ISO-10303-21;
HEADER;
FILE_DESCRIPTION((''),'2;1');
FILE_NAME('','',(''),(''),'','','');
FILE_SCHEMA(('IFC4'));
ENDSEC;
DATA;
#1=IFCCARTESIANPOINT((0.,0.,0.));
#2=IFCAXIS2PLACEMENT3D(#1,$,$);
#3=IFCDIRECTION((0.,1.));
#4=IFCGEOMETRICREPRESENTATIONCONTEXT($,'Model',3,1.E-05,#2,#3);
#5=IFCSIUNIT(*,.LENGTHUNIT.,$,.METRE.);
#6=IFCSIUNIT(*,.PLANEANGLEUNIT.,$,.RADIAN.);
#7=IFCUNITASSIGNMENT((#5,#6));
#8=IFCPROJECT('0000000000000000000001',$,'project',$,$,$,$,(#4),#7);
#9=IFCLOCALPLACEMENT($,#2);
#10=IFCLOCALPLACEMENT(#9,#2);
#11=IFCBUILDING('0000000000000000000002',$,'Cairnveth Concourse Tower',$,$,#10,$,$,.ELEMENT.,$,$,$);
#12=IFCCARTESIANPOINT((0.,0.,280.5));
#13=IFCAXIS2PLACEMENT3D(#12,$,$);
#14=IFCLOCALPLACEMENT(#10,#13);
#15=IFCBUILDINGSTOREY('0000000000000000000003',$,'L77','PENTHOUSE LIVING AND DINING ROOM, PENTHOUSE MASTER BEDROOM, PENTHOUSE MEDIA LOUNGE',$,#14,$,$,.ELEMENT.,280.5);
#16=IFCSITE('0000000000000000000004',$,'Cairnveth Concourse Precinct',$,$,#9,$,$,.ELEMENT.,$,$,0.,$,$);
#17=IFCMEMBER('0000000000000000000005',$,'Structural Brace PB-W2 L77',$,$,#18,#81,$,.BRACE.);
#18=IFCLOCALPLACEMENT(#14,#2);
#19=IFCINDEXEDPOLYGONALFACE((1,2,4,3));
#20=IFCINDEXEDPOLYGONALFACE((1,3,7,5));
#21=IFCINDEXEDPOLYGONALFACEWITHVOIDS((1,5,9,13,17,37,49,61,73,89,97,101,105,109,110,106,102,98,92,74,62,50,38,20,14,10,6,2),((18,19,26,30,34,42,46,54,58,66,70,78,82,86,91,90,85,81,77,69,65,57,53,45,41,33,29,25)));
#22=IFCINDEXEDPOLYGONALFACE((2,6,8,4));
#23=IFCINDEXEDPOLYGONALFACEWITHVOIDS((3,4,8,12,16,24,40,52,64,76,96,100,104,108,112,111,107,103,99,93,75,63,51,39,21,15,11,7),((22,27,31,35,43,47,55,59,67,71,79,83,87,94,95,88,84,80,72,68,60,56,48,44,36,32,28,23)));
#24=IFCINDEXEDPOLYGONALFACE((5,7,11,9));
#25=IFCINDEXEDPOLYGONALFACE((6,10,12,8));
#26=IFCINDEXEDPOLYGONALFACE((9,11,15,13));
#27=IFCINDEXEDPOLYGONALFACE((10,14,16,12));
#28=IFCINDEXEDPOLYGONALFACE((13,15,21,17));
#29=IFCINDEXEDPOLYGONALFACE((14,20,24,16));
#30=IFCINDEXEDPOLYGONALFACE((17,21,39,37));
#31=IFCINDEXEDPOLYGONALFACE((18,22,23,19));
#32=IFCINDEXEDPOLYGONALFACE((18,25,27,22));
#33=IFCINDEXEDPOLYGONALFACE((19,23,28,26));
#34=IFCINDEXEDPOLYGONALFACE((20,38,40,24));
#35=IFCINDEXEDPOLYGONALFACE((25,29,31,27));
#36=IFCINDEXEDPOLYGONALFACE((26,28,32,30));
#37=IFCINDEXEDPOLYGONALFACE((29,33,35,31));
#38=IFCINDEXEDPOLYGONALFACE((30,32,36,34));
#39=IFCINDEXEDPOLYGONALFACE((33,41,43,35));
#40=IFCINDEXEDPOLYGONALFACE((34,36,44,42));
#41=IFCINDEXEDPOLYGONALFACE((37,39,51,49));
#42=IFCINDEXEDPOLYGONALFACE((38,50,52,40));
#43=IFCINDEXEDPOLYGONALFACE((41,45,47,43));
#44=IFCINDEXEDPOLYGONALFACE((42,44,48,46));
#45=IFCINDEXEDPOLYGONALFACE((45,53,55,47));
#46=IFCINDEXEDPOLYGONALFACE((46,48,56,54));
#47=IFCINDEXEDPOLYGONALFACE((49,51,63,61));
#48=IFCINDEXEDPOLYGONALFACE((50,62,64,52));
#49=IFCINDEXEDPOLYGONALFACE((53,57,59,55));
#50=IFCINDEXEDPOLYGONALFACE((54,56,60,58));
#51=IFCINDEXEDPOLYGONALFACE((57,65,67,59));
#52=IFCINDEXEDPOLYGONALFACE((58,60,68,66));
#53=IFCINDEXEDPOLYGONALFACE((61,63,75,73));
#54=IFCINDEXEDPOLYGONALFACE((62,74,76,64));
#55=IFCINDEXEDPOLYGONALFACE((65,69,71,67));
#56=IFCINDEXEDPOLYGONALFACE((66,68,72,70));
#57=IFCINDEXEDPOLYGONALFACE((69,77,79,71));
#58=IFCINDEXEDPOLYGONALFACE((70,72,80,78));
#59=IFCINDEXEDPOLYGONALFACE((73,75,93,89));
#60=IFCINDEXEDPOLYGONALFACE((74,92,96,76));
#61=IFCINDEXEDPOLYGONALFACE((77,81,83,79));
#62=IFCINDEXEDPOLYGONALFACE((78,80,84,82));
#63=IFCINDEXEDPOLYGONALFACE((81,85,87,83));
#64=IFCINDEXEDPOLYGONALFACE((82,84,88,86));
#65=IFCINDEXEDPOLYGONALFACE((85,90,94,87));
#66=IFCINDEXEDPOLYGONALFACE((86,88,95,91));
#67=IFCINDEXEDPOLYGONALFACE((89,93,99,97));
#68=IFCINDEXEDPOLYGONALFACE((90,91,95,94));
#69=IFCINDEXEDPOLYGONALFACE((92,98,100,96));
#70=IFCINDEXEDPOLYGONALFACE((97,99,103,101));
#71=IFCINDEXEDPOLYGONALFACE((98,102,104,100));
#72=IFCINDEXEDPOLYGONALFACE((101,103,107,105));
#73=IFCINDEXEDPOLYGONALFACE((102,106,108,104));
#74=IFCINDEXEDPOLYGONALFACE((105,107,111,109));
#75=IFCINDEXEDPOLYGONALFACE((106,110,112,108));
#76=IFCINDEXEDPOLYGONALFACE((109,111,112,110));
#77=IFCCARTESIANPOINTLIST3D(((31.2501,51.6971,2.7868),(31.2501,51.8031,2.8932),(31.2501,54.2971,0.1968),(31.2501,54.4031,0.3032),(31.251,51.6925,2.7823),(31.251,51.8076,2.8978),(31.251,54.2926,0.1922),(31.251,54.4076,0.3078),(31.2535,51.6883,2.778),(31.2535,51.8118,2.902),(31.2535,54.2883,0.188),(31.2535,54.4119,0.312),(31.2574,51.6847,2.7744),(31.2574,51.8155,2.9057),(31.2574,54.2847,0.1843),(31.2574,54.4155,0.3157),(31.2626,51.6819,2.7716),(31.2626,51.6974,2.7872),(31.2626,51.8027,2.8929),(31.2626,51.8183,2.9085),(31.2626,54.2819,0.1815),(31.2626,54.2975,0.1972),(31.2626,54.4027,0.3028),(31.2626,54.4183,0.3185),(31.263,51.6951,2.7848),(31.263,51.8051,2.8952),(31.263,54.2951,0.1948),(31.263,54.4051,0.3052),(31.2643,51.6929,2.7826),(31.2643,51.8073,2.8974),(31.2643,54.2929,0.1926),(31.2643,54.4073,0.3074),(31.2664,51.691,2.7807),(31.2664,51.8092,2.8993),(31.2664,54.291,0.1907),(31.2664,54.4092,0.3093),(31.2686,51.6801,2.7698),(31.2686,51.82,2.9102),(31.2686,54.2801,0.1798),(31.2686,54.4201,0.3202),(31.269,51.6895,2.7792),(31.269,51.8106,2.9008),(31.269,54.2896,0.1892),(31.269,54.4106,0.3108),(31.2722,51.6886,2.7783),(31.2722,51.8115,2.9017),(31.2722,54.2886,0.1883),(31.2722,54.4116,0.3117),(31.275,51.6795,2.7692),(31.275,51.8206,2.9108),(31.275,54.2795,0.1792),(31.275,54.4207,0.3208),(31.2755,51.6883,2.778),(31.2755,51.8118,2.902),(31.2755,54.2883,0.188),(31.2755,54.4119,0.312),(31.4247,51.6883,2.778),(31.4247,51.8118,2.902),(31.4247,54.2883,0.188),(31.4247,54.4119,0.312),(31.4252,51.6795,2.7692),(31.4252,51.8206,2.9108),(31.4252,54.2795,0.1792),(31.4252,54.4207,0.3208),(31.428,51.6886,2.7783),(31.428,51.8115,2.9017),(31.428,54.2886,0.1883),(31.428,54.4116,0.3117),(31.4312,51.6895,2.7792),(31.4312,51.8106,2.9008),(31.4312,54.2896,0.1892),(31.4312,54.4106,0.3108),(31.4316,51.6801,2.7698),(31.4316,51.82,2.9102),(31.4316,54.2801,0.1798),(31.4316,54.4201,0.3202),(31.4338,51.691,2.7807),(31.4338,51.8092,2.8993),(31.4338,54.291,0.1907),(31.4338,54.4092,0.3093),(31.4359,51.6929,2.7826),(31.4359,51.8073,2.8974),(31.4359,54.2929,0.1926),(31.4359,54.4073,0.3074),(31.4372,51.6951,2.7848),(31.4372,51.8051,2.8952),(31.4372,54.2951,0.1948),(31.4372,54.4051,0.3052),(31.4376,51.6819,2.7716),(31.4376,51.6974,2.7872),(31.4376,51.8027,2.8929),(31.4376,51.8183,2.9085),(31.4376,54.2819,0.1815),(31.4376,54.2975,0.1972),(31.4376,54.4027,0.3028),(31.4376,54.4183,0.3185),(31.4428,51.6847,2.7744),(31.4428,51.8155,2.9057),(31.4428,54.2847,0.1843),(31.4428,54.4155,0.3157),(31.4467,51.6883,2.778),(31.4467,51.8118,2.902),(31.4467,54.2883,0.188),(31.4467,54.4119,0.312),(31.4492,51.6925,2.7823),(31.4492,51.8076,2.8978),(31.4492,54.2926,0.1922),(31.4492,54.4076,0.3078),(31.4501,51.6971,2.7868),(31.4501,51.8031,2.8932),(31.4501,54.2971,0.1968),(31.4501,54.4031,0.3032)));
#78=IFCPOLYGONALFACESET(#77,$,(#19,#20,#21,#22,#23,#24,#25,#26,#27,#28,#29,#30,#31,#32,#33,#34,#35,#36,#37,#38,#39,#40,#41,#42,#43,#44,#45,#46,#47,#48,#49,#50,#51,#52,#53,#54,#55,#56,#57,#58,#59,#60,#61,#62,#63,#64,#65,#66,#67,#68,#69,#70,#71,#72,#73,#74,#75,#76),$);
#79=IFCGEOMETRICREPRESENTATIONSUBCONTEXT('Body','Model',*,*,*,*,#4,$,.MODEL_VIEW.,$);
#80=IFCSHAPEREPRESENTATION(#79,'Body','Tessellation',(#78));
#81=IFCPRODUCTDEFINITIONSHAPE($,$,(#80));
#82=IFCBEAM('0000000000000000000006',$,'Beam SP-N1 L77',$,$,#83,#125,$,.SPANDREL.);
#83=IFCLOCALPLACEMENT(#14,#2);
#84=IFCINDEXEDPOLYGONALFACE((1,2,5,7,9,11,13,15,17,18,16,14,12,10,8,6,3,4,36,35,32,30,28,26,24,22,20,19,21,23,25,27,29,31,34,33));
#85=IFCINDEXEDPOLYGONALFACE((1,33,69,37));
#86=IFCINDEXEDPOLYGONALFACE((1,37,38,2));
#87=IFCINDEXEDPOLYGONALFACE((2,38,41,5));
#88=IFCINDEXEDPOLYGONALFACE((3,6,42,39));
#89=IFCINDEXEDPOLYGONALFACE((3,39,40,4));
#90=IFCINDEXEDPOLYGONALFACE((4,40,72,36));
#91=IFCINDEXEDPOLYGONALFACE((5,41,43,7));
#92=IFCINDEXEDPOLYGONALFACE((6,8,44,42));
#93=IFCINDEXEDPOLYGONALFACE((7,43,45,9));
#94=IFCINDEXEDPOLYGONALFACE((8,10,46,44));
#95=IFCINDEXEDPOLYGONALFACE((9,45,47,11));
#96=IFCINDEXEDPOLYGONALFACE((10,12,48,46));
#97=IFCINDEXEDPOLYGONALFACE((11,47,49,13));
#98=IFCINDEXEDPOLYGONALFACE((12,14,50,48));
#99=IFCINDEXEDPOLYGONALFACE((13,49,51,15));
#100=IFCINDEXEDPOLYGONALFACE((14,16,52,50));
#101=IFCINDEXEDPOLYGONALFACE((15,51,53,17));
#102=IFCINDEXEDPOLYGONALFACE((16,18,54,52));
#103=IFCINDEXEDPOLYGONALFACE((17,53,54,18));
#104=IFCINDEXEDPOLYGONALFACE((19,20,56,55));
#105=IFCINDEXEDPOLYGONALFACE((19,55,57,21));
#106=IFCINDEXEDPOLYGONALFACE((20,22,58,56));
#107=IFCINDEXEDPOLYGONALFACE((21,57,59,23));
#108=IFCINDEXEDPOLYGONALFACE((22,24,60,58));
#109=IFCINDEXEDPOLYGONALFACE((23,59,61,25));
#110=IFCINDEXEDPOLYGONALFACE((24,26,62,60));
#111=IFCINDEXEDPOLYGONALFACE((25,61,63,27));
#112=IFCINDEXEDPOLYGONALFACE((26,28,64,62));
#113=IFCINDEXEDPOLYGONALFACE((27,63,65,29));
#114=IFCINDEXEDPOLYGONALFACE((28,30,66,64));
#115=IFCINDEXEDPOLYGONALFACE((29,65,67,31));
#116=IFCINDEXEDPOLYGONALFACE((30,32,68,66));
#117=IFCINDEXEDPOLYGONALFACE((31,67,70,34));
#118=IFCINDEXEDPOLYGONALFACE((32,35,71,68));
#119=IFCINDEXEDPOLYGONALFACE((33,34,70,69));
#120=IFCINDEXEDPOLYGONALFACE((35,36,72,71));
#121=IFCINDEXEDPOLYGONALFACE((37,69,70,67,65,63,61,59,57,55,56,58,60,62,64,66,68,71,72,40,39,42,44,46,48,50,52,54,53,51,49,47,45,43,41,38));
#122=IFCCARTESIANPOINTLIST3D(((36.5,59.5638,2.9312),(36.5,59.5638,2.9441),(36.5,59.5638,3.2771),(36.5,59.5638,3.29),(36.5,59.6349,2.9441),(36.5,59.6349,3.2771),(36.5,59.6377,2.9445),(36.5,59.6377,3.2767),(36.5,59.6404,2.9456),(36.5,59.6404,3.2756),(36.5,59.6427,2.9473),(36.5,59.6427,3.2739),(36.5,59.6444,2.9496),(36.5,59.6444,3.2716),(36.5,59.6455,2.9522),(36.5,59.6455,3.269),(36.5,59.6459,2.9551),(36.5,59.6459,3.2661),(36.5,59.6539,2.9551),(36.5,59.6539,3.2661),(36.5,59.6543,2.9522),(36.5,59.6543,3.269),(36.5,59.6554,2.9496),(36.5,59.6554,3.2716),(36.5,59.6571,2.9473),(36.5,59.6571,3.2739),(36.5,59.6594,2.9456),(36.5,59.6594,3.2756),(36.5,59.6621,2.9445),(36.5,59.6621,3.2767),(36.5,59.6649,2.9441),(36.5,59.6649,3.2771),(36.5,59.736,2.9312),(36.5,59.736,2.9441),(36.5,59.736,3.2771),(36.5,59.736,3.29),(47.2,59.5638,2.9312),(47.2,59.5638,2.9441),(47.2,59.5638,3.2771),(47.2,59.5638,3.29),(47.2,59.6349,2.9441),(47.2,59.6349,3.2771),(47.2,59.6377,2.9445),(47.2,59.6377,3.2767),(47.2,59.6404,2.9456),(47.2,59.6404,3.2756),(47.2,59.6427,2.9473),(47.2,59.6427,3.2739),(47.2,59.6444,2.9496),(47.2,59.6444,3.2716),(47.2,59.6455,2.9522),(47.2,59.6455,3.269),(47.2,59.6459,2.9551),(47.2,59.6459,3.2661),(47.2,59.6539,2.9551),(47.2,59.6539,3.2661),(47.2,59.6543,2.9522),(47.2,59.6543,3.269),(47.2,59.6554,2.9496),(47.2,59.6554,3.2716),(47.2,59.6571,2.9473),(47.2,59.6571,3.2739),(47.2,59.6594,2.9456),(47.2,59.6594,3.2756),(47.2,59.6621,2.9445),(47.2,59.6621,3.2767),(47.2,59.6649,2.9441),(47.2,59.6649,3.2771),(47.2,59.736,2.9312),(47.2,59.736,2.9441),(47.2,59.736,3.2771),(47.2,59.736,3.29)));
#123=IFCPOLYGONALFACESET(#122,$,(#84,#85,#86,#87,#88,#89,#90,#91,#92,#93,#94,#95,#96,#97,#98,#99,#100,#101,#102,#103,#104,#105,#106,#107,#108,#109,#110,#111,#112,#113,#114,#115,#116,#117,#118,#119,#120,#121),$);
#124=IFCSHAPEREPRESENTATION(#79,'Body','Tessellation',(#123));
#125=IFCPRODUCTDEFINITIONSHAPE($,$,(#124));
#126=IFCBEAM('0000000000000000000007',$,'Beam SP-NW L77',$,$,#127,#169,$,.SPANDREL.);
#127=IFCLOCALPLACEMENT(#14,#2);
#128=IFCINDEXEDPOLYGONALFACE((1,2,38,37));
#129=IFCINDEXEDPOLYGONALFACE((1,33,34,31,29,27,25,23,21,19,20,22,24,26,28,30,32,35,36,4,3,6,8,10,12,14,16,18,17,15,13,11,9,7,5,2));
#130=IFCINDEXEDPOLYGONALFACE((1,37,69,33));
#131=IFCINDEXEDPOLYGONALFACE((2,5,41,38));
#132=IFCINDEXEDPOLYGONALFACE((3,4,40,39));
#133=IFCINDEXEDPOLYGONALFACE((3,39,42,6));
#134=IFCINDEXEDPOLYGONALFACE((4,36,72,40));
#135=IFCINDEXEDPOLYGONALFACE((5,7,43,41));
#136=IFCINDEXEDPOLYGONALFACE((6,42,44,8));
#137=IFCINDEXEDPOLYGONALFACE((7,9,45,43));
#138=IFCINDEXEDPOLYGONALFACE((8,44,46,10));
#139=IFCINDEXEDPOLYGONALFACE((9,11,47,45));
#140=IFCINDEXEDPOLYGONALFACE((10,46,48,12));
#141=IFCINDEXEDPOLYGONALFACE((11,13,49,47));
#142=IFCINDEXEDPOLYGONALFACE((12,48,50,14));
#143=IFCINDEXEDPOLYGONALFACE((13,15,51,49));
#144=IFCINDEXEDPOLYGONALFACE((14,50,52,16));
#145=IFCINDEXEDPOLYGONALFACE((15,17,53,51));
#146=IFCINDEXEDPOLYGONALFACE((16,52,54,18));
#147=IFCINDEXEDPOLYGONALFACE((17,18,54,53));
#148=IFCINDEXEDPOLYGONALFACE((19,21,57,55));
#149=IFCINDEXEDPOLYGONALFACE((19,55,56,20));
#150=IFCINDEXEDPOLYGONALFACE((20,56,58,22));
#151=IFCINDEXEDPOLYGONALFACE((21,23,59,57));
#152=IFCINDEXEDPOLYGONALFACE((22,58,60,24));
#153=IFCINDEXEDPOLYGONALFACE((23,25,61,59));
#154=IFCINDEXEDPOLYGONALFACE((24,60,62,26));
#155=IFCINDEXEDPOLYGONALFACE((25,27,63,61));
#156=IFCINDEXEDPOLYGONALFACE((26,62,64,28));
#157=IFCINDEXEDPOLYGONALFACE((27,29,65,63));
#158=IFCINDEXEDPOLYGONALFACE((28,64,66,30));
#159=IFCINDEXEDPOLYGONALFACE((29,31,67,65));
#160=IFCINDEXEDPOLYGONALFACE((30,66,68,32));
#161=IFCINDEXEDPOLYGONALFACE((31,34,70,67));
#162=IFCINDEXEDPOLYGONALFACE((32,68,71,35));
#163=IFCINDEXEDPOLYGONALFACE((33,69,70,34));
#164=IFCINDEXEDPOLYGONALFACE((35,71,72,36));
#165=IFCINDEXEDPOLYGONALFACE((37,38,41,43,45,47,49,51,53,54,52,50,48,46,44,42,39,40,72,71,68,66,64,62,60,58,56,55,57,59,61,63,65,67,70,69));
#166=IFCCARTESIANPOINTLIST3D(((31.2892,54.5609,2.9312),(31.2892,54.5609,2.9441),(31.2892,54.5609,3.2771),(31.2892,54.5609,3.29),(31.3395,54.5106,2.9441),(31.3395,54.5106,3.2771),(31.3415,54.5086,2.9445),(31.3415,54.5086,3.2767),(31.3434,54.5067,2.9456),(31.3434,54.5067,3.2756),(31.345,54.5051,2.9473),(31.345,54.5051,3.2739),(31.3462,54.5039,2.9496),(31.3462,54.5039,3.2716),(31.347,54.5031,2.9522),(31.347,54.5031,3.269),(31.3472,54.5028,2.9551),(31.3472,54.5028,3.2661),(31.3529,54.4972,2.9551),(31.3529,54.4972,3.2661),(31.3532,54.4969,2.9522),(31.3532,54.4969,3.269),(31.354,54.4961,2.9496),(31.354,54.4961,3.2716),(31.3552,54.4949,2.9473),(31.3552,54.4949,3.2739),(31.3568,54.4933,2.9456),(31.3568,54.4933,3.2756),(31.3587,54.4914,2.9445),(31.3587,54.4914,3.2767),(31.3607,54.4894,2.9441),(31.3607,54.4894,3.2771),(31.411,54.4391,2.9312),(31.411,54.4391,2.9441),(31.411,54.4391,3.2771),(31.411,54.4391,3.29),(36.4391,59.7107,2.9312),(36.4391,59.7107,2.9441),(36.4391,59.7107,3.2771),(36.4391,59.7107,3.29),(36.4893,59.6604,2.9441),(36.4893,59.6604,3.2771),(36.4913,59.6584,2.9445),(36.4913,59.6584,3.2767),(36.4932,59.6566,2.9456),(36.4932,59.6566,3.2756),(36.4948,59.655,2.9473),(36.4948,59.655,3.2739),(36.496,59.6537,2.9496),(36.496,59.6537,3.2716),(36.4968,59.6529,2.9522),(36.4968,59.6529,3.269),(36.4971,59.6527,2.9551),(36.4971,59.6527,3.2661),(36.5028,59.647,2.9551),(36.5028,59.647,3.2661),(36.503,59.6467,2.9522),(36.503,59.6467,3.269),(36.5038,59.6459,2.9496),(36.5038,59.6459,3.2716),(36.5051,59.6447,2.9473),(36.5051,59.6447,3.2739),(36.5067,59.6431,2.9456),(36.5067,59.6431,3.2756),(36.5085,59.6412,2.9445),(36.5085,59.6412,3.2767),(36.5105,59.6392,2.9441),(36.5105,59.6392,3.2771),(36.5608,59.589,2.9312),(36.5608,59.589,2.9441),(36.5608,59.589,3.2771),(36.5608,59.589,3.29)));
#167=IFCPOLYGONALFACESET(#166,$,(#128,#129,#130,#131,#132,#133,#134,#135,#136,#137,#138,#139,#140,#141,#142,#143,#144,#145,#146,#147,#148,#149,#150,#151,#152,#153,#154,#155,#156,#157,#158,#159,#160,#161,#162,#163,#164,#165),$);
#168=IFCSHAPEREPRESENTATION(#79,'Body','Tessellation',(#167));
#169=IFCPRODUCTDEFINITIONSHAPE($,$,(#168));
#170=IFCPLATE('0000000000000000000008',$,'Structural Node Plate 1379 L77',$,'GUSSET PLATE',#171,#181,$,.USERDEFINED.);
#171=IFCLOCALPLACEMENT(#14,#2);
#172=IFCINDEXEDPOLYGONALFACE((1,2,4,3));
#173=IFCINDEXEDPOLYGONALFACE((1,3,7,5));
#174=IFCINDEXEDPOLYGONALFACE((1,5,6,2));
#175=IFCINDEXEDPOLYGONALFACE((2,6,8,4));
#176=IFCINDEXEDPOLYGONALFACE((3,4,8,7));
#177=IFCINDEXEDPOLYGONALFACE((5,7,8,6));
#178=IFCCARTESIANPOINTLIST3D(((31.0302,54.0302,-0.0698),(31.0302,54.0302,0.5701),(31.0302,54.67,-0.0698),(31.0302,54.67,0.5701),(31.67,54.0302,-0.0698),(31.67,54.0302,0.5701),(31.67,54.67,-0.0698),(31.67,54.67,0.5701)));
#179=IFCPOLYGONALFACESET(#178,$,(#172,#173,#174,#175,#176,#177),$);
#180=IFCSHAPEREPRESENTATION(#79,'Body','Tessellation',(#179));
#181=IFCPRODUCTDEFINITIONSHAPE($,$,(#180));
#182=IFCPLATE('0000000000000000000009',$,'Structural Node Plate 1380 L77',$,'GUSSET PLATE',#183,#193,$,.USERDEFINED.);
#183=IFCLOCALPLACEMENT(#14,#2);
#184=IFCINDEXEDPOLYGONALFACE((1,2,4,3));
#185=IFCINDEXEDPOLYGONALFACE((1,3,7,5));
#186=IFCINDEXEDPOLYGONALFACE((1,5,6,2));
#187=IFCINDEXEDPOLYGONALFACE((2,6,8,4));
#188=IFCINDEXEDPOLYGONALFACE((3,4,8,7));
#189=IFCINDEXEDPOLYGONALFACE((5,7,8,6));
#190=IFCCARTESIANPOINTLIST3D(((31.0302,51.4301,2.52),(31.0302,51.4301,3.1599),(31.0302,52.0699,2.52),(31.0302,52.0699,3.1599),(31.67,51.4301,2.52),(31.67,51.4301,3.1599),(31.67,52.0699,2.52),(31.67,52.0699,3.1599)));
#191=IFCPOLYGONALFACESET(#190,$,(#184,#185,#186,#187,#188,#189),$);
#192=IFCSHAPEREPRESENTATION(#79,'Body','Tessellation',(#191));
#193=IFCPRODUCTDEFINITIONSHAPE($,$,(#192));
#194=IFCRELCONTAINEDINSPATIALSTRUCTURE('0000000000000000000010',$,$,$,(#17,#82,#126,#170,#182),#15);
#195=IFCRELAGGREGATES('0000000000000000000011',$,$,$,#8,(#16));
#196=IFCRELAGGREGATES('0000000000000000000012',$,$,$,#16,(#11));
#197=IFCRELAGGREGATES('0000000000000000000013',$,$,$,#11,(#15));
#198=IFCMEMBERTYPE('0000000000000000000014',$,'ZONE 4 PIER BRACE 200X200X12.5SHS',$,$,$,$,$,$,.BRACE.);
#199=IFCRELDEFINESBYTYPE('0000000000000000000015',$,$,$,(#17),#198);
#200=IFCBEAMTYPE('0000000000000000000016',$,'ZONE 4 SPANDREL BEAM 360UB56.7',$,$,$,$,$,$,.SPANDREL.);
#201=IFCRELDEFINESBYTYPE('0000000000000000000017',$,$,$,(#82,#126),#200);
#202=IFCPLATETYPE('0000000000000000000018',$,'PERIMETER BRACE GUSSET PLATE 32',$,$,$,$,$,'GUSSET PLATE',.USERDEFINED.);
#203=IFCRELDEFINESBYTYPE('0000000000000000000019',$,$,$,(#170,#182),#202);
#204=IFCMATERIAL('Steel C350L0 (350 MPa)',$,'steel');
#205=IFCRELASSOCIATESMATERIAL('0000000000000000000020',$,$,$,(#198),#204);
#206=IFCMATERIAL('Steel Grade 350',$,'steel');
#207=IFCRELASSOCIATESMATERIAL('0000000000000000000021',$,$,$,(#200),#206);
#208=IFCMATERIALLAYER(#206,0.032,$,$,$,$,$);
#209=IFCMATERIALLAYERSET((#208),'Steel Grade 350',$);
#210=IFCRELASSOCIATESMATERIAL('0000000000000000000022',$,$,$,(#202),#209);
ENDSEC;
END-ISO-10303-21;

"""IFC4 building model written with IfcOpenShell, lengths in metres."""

from ifc_helpers import new_model, si_unit, direction, frame, origin, origin_2d, place, context, subcontext, project, spatial, rectangle, hollow_rectangle, i_section, extrude, material, layer, layer_set, material_profile, profile_set, type_object, element, save


model = new_model("IFC4")

# Units and contexts
model_context = context("Model", 3, precision=1e-05, world=origin(), true_north=direction((0.0, 1.0)))
body_context = subcontext(model_context, "Body", "Model", "MODEL_VIEW")
ifc_project = project(units=[si_unit("LENGTHUNIT", "METRE"), si_unit("PLANEANGLEUNIT", "RADIAN")], contexts=[model_context])

# Site, building, storey
site_placement = place(None, origin())
site = spatial("IfcSite", under=ifc_project, at=site_placement, Name="Cairnveth Concourse Precinct", CompositionType="ELEMENT", RefElevation=0.0)
building_placement = place(site_placement, origin())
building = spatial("IfcBuilding", under=site, at=building_placement, Name="Cairnveth Concourse Tower", CompositionType="ELEMENT")
storey_placement = place(building_placement, frame((0.0, 0.0, 280.5)))
storey = spatial("IfcBuildingStorey", under=building, at=storey_placement, Name="L77", Description="PENTHOUSE LIVING AND DINING ROOM, PENTHOUSE MASTER BEDROOM, PENTHOUSE MEDIA LOUNGE", CompositionType="ELEMENT", Elevation=280.5)

# Shared definitions
ifc_material_1 = material(Name="Steel Grade 350", Category="steel")

# Member
ifc_material_2 = material(Name="Steel C350L0 (350 MPa)", Category="steel")
ifc_material_profile_1 = material_profile(ifc_material_2, hollow_rectangle(XDim=0.2, YDim=0.2, WallThickness=0.0125, InnerFilletRadius=0.0129, OuterFilletRadius=0.0249, at=origin_2d()), Name="200x200x12.5SHS")
ifc_profile_set_1 = profile_set([ifc_material_profile_1], Name="Steel C350L0 (350 MPa)")
member_type = type_object("IfcMemberType", Name="ZONE 4 PIER BRACE 200X200X12.5SHS", PredefinedType="BRACE", material=ifc_profile_set_1)
member_placement = place(storey_placement, frame((31.3501, 54.3501, 0.25), z_axis=(0.0, -0.708469, 0.705742), x_axis=(1.0, 0.0, 0.0)))
element("IfcMember", 1, at=member_placement, inside=storey, type_object=member_type, Name="Structural Brace PB-W2 L77", PredefinedType="BRACE", context=body_context, shape_type="SweptSolid", body=[
    extrude(hollow_rectangle(XDim=0.2, YDim=0.2, WallThickness=0.0125, InnerFilletRadius=0.0129, OuterFilletRadius=0.0249, at=origin_2d()), origin(), (0.0, 0.0, 1.0), 3.6699),
])

# Beams
ifc_material_profile_2 = material_profile(ifc_material_1, i_section(OverallWidth=0.1721, OverallDepth=0.3589, WebThickness=0.0081, FlangeThickness=0.0129, FilletRadius=0.011, at=origin_2d()), Name="360UB56.7")
ifc_profile_set_2 = profile_set([ifc_material_profile_2], Name="Steel Grade 350")
beam_type_1 = type_object("IfcBeamType", Name="ZONE 4 SPANDREL BEAM 360UB56.7", PredefinedType="SPANDREL", material=ifc_profile_set_2)
beam_1_placement = place(storey_placement, frame((36.5, 59.6499, 3.1106), z_axis=(1.0, 0.0, 0.0), x_axis=(0.0, 1.0, 0.0)))
element("IfcBeam", 2, at=beam_1_placement, inside=storey, type_object=beam_type_1, Name="Beam SP-N1 L77", PredefinedType="SPANDREL", context=body_context, shape_type="SweptSolid", body=[
    extrude(i_section(OverallWidth=0.1721, OverallDepth=0.3589, WebThickness=0.0081, FlangeThickness=0.0129, FilletRadius=0.011, at=origin_2d()), origin(), (0.0, 0.0, 1.0), 10.7),
])
beam_2_placement = place(storey_placement, frame((31.3501, 54.5, 3.1106), z_axis=(0.707107, 0.707107, 0.0), x_axis=(-0.707107, 0.707107, 0.0)))
element("IfcBeam", 3, at=beam_2_placement, inside=storey, type_object=beam_type_1, Name="Beam SP-NW L77", PredefinedType="SPANDREL", context=body_context, shape_type="SweptSolid", body=[
    extrude(i_section(OverallWidth=0.1721, OverallDepth=0.3589, WebThickness=0.0081, FlangeThickness=0.0129, FilletRadius=0.011, at=origin_2d()), origin(), (0.0, 0.0, 1.0), 7.283),
])

# Plates
ifc_layer_1 = layer(ifc_material_1, 0.032)
ifc_layer_set_1 = layer_set([ifc_layer_1], Name="Steel Grade 350")
plate_type = type_object("IfcPlateType", Name="PERIMETER BRACE GUSSET PLATE 32", ElementType="GUSSET PLATE", PredefinedType="USERDEFINED", material=ifc_layer_set_1)
for number, where, z_axis, x_axis, name in (
    (4, (31.3501, 54.3501, -0.0698), (0.0, 0.0, 1.0), (1.0, 0.0, 0.0), "Structural Node Plate 1379 L77"),
    (5, (31.3501, 51.75, 2.52), (0.0, 0.0, 1.0), (1.0, 0.0, 0.0), "Structural Node Plate 1380 L77"),
):
    element("IfcPlate", number, at=place(storey_placement, frame(where, z_axis=z_axis, x_axis=x_axis)), inside=storey, type_object=plate_type, Name=name, ObjectType="GUSSET PLATE", PredefinedType="USERDEFINED", context=body_context, shape_type="SweptSolid", body=[
        extrude(rectangle(XDim=0.6399, YDim=0.6399, at=origin_2d()), origin(), (0.0, 0.0, 1.0), 0.6399),
    ])

save(model, "model.ifc")
